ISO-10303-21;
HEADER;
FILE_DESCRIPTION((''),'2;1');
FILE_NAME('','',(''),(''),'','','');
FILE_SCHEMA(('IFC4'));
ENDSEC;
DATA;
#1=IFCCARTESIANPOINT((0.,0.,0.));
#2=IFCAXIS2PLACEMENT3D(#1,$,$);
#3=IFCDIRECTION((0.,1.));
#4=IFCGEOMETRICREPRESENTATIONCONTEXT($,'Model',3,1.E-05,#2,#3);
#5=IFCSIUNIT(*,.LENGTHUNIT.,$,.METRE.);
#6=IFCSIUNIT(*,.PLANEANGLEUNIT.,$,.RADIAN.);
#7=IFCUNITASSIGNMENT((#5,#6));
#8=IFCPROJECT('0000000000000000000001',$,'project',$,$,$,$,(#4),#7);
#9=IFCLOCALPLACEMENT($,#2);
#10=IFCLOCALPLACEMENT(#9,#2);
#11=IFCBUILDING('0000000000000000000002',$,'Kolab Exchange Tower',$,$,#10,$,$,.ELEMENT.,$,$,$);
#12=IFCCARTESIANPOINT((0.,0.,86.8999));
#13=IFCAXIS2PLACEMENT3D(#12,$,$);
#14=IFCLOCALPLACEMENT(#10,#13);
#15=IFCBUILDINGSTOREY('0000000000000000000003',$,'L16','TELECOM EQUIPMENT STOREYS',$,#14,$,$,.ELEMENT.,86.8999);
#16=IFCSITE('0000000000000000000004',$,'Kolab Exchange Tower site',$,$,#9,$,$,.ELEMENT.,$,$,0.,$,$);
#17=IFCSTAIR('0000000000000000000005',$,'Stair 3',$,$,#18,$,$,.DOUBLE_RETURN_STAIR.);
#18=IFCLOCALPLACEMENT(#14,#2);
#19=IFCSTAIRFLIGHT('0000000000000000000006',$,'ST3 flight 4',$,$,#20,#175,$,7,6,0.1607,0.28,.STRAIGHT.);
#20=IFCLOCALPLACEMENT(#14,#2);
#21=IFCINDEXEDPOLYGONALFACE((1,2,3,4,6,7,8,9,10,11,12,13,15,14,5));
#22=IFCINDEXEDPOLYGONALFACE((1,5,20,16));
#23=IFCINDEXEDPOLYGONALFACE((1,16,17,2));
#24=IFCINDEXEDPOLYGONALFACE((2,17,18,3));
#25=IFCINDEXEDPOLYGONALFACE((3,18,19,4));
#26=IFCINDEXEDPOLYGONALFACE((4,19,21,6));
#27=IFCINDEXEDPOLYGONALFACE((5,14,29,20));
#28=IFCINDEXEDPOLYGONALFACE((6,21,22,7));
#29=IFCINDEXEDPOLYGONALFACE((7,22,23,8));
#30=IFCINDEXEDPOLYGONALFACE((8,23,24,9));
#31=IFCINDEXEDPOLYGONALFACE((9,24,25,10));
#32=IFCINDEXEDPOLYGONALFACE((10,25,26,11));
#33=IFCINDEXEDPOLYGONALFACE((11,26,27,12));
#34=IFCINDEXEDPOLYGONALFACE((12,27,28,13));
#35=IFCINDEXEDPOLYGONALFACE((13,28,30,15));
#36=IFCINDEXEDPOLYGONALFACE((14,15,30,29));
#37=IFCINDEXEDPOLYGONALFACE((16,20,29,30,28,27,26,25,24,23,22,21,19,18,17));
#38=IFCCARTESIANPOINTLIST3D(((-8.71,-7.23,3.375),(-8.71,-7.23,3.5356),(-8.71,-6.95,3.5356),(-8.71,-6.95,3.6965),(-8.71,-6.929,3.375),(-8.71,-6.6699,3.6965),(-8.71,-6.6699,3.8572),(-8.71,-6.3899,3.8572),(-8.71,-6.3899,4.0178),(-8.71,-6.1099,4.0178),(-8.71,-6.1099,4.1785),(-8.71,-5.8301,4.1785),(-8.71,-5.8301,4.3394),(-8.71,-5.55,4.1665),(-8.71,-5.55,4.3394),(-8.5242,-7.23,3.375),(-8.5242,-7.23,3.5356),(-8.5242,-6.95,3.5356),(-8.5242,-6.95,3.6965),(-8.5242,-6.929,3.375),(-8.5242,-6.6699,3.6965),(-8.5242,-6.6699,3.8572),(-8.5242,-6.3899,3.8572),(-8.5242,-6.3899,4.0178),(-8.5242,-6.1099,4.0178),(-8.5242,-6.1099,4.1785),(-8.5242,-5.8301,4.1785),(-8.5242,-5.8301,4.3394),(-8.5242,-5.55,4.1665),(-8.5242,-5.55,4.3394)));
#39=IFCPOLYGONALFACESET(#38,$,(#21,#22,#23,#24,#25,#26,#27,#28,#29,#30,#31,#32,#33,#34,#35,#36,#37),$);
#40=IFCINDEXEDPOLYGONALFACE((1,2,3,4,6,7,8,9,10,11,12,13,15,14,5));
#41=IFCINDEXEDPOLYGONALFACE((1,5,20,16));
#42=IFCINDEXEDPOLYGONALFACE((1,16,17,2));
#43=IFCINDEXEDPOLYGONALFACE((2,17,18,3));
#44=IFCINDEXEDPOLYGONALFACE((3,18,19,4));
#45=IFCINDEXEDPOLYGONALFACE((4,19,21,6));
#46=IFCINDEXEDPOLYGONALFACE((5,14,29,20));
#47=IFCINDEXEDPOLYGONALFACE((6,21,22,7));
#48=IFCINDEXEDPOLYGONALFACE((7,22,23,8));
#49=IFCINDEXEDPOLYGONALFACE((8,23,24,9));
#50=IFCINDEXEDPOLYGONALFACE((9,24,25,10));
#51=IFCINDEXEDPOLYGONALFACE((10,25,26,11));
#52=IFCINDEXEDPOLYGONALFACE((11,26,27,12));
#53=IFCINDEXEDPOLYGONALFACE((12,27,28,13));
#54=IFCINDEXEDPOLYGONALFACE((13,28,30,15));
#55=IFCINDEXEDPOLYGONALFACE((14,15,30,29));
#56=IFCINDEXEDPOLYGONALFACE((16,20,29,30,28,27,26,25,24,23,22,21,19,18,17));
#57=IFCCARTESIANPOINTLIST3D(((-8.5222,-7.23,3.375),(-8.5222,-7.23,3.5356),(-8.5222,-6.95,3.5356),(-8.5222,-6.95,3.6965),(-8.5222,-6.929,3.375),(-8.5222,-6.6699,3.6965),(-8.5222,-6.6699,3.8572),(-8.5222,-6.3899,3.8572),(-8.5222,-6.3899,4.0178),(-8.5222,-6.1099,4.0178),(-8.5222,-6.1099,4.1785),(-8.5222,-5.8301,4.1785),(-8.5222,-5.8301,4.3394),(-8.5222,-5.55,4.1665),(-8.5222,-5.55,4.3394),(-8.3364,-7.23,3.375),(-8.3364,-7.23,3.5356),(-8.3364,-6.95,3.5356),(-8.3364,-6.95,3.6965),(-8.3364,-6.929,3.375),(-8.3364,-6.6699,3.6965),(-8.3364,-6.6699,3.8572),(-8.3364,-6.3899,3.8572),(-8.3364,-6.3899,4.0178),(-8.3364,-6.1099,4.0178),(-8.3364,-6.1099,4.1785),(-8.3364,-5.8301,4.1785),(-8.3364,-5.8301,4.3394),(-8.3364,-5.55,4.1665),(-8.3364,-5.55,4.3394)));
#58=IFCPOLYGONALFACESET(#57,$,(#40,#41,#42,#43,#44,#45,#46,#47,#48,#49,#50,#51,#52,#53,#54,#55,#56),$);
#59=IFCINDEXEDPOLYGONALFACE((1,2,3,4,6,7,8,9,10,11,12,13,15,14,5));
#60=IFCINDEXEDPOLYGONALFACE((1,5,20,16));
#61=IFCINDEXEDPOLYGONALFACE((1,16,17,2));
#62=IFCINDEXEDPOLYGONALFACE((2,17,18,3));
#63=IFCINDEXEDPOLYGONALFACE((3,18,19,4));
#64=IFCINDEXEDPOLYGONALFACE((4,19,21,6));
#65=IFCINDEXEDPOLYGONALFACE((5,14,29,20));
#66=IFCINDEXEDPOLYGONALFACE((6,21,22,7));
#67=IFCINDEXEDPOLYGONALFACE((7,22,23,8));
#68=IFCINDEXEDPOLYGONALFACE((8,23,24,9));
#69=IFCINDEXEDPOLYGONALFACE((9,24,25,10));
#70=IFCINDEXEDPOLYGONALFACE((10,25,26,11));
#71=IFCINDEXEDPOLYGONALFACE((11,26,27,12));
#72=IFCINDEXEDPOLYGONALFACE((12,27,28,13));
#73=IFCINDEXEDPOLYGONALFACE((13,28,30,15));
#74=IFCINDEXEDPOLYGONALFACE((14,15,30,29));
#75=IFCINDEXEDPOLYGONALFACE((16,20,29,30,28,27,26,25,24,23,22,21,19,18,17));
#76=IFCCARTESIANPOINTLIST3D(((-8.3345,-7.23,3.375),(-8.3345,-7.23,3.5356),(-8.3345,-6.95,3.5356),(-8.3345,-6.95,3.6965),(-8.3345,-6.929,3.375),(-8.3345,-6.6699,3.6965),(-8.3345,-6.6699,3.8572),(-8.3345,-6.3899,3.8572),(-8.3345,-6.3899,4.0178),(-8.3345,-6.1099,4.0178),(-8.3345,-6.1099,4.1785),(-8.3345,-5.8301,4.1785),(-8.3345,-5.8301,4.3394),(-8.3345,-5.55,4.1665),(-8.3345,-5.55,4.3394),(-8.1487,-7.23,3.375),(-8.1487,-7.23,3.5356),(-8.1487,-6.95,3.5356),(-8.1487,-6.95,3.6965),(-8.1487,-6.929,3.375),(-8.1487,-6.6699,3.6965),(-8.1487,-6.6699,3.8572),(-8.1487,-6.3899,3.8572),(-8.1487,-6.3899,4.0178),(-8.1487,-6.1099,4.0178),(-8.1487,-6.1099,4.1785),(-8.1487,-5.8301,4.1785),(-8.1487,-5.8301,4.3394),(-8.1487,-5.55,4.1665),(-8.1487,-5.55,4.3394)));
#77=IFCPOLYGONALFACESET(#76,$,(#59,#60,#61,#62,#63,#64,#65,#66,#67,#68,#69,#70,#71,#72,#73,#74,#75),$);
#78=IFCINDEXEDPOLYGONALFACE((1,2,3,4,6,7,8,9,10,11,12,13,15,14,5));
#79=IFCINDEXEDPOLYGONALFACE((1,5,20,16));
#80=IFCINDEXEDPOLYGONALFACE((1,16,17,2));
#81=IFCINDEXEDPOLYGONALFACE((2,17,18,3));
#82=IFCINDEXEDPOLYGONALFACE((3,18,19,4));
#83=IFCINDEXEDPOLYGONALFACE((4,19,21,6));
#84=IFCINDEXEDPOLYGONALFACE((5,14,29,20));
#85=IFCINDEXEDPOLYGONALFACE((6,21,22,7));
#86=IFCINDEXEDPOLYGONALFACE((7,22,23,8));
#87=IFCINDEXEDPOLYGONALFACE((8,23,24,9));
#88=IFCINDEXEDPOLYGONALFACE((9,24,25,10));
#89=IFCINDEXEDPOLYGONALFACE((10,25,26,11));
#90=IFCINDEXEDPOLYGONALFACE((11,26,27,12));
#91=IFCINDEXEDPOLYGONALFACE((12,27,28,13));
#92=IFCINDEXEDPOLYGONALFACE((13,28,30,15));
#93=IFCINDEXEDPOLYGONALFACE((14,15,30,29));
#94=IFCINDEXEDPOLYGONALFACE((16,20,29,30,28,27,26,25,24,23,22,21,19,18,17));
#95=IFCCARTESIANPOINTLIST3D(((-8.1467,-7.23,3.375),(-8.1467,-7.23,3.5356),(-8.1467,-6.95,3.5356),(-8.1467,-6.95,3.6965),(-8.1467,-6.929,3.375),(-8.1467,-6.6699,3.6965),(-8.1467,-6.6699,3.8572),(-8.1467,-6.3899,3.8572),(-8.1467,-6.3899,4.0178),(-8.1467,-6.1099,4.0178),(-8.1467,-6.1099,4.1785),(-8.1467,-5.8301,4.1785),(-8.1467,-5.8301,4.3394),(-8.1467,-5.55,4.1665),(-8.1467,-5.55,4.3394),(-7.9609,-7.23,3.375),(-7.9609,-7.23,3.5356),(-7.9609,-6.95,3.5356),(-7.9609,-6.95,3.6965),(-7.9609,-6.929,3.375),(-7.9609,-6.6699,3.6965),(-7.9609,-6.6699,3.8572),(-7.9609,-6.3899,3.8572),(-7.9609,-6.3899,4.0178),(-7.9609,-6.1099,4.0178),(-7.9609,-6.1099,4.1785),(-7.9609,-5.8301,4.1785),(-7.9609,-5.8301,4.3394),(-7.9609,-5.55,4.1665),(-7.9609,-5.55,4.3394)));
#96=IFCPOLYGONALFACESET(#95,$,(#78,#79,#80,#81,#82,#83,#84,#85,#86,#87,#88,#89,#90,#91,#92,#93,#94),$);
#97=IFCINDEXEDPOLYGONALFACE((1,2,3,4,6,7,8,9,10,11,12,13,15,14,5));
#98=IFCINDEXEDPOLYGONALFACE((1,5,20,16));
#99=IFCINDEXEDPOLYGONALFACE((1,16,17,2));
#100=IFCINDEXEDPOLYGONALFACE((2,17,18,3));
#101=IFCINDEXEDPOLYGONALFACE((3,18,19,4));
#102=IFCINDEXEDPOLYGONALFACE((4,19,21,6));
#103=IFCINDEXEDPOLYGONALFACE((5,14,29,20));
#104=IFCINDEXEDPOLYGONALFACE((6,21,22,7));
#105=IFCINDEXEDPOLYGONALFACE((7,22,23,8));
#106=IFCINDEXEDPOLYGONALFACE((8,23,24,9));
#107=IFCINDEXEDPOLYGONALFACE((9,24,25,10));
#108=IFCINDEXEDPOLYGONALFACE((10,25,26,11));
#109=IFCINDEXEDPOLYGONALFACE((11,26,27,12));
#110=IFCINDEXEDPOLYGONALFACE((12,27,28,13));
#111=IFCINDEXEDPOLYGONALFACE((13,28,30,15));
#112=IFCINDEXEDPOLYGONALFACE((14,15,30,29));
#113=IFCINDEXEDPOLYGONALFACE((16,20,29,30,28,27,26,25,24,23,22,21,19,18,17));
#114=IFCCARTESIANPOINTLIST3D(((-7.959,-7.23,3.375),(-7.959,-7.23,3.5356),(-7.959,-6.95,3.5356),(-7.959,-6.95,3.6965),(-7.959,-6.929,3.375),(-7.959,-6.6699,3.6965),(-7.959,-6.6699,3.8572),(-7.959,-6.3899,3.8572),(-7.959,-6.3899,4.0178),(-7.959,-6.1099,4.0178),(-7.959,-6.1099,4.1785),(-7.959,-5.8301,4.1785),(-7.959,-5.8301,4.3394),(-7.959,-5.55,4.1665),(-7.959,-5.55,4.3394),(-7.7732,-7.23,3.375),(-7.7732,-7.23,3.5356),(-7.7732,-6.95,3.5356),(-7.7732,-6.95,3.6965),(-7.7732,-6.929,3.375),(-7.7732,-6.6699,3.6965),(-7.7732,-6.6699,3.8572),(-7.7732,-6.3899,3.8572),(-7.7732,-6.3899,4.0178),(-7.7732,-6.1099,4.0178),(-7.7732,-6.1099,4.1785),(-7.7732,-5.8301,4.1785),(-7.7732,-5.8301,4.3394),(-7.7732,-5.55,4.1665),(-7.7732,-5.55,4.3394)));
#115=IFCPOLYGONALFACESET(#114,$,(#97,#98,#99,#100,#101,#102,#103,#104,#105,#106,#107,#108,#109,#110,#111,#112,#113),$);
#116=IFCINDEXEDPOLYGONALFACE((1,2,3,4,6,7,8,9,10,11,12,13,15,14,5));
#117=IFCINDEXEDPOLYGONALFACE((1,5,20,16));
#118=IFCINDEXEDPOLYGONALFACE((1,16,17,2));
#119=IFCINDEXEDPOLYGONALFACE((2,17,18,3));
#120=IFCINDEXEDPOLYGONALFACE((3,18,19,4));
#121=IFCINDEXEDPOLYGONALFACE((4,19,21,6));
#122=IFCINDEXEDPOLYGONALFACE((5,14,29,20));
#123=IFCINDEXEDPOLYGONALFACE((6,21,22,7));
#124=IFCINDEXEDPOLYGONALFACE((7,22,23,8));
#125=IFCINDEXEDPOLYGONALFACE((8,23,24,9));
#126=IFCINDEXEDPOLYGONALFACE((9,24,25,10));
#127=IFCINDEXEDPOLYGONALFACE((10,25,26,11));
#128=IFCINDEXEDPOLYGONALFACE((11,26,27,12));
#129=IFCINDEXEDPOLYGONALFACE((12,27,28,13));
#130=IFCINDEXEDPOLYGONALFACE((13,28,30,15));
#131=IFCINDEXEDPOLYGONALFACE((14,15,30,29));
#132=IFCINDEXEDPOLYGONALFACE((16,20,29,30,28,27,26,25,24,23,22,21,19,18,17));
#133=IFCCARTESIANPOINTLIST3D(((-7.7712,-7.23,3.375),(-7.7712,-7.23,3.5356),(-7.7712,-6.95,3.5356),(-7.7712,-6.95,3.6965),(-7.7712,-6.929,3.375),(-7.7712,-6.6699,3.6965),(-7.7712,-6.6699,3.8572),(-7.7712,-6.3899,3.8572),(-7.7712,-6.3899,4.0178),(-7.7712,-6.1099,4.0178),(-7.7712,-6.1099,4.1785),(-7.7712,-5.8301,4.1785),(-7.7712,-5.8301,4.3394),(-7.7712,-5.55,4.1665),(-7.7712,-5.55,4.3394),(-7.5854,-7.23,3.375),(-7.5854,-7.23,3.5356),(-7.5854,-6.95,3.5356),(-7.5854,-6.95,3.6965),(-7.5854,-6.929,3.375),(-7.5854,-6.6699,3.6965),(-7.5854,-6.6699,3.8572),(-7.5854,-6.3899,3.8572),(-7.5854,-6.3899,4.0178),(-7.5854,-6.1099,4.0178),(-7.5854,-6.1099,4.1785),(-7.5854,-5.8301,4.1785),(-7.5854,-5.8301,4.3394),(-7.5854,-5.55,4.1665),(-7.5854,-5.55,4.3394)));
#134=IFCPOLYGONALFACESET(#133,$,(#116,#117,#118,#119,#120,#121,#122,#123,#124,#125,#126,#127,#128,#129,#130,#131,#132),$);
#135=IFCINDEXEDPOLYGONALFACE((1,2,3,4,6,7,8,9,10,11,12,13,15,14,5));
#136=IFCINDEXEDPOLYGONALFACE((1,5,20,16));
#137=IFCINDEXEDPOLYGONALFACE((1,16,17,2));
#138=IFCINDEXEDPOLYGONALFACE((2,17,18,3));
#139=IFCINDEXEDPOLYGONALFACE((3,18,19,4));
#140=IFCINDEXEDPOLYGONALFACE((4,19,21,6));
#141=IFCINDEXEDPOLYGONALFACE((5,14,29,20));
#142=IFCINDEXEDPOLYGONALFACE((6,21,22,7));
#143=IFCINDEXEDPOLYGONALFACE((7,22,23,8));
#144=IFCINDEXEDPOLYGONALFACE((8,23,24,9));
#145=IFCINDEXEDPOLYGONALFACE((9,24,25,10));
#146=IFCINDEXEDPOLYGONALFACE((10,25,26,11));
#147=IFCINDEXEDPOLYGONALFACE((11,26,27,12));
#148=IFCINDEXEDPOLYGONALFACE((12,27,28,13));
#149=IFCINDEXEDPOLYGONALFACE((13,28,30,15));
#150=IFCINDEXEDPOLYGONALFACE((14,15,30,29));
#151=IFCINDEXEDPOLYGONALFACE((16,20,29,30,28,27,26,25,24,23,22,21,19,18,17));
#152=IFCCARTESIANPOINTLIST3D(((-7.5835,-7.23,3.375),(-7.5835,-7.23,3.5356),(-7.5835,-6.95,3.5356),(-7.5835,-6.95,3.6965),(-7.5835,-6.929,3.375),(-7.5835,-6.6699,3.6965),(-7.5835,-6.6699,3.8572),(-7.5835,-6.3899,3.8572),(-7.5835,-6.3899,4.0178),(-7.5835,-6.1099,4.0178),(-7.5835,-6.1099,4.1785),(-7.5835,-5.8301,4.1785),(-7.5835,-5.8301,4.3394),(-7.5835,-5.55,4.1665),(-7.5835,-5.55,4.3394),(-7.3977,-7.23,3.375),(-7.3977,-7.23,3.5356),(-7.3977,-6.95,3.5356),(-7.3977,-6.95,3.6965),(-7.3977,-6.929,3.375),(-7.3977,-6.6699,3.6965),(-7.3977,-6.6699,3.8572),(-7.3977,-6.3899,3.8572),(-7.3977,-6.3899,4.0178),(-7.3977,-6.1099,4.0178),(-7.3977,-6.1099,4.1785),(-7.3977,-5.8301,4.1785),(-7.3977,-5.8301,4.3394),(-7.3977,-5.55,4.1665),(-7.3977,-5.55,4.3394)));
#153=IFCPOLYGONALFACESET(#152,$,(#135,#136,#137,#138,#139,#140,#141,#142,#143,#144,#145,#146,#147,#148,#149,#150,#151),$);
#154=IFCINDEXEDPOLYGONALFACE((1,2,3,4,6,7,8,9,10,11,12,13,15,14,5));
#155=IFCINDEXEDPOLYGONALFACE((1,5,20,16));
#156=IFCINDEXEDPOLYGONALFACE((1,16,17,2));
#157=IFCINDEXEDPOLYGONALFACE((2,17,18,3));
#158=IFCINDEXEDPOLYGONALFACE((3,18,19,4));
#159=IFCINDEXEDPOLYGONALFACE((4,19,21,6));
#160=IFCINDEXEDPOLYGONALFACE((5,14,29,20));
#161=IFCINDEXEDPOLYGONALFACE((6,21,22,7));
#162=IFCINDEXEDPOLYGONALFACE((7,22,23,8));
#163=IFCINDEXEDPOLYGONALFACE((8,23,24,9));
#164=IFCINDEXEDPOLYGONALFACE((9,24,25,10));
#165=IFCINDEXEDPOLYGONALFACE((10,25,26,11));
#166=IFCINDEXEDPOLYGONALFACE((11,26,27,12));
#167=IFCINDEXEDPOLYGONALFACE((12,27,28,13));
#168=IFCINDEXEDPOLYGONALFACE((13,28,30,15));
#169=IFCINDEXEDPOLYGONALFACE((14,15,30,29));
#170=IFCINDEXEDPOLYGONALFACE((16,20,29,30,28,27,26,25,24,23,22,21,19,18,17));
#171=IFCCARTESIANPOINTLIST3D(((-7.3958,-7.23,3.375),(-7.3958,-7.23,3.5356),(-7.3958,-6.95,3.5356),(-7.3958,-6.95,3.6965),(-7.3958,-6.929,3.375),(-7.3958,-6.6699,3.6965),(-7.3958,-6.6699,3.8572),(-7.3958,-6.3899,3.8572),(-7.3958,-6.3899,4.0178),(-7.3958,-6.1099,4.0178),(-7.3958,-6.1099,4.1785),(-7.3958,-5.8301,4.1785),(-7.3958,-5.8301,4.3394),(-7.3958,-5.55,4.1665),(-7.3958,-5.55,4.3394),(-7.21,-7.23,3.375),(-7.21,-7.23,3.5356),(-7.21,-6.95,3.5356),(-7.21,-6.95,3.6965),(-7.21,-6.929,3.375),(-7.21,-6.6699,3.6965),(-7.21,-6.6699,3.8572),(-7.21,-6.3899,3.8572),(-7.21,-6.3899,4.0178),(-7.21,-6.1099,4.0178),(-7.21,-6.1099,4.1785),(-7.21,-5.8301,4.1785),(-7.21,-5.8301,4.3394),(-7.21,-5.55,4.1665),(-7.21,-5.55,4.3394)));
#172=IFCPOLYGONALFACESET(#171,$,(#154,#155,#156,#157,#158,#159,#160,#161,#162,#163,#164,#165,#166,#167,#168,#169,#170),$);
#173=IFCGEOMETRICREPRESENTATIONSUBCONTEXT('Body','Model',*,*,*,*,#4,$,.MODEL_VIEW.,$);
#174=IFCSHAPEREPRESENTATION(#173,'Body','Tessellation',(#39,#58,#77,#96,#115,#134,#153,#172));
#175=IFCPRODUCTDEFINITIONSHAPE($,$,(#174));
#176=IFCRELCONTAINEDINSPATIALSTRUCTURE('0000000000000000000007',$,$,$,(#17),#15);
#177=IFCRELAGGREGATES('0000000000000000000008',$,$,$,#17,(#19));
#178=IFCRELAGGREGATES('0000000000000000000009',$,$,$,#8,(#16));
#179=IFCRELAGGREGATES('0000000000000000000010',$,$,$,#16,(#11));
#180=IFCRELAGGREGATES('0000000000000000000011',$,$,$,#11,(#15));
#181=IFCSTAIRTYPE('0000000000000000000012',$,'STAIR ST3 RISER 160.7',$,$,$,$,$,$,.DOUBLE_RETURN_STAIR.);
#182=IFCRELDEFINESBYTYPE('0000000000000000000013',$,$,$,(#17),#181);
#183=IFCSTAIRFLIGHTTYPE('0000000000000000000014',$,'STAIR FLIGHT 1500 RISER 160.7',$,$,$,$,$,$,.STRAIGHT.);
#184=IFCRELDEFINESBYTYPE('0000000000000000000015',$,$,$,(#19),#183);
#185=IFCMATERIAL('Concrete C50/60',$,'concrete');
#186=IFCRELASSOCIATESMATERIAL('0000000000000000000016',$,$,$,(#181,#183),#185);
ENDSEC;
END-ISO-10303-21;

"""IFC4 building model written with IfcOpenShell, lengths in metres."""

from ifc_helpers import new_model, si_unit, direction, frame, origin, place, context, subcontext, project, spatial, polyline, outline, extrude, material, type_object, element, aggregate, save


model = new_model("IFC4")

# Units and contexts
model_context = context("Model", 3, precision=1e-05, world=origin(), true_north=direction((0.0, 1.0)))
body_context = subcontext(model_context, "Body", "Model", "MODEL_VIEW")
ifc_project = project(units=[si_unit("LENGTHUNIT", "METRE"), si_unit("PLANEANGLEUNIT", "RADIAN")], contexts=[model_context])

# Site, building, storey
site_placement = place(None, origin())
site = spatial("IfcSite", under=ifc_project, at=site_placement, Name="Kolab Exchange Tower site", CompositionType="ELEMENT", RefElevation=0.0)
building_placement = place(site_placement, origin())
building = spatial("IfcBuilding", under=site, at=building_placement, Name="Kolab Exchange Tower", CompositionType="ELEMENT")
storey_placement = place(building_placement, frame((0.0, 0.0, 86.8999)))
storey = spatial("IfcBuildingStorey", under=building, at=storey_placement, Name="L16", Description="TELECOM EQUIPMENT STOREYS", CompositionType="ELEMENT", Elevation=86.8999)

# Shared definitions
ifc_material_1 = material(Name="Concrete C50/60", Category="concrete")

# Stair, stair flight
stair_type = type_object("IfcStairType", Name="STAIR ST3 RISER 160.7", PredefinedType="DOUBLE_RETURN_STAIR", material=ifc_material_1)
stair_placement = place(storey_placement, origin())
stair = element("IfcStair", 1, at=stair_placement, inside=storey, type_object=stair_type, Name="Stair 3", PredefinedType="DOUBLE_RETURN_STAIR")
stair_flight_type = type_object("IfcStairFlightType", Name="STAIR FLIGHT 1500 RISER 160.7", PredefinedType="STRAIGHT", material=ifc_material_1)
stair_flight_1_placement = place(storey_placement, frame((-7.96, -7.23, 3.375), z_axis=(0.0, 0.0, 1.0), x_axis=(0.0, 1.0, 0.0)))
stair_flight_1 = element("IfcStairFlight", 2, at=stair_flight_1_placement, type_object=stair_flight_type, Name="ST3 flight 4", NumberOfRisers=7, NumberOfTreads=6, PredefinedType="STRAIGHT", RiserHeight=0.1607, TreadLength=0.28, context=body_context, shape_type="SweptSolid", body=[
    extrude(outline(polyline([(0.0, 0.0), (0.0, 0.1606), (0.28, 0.1606), (0.28, 0.3215), (0.5601, 0.3215), (0.5601, 0.4822), (0.8401, 0.4822), (0.8401, 0.6428), (1.1201, 0.6428), (1.1201, 0.8035), (1.3999, 0.8035), (1.3999, 0.9644), (1.6799, 0.9644), (1.6799, 1.125), (1.6799, 0.7915), (0.301, 0.0), (0.0, 0.0)])), frame((0.0, 0.75, 0.0), z_axis=(0.0, -1.0, 0.0), x_axis=(1.0, 0.0, 0.0)), (0.0, 0.0, 1.0), 0.1858),
    extrude(outline(polyline([(0.0, 0.0), (0.0, 0.1606), (0.28, 0.1606), (0.28, 0.3215), (0.5601, 0.3215), (0.5601, 0.4822), (0.8401, 0.4822), (0.8401, 0.6428), (1.1201, 0.6428), (1.1201, 0.8035), (1.3999, 0.8035), (1.3999, 0.9644), (1.6799, 0.9644), (1.6799, 1.125), (1.6799, 0.7915), (0.301, 0.0), (0.0, 0.0)])), frame((0.0, 0.5623, 0.0), z_axis=(0.0, -1.0, 0.0), x_axis=(1.0, 0.0, 0.0)), (0.0, 0.0, 1.0), 0.1858),
    extrude(outline(polyline([(0.0, 0.0), (0.0, 0.1606), (0.28, 0.1606), (0.28, 0.3215), (0.5601, 0.3215), (0.5601, 0.4822), (0.8401, 0.4822), (0.8401, 0.6428), (1.1201, 0.6428), (1.1201, 0.8035), (1.3999, 0.8035), (1.3999, 0.9644), (1.6799, 0.9644), (1.6799, 1.125), (1.6799, 0.7915), (0.301, 0.0), (0.0, 0.0)])), frame((0.0, 0.3745, 0.0), z_axis=(0.0, -1.0, 0.0), x_axis=(1.0, 0.0, 0.0)), (0.0, 0.0, 1.0), 0.1858),
    extrude(outline(polyline([(0.0, 0.0), (0.0, 0.1606), (0.28, 0.1606), (0.28, 0.3215), (0.5601, 0.3215), (0.5601, 0.4822), (0.8401, 0.4822), (0.8401, 0.6428), (1.1201, 0.6428), (1.1201, 0.8035), (1.3999, 0.8035), (1.3999, 0.9644), (1.6799, 0.9644), (1.6799, 1.125), (1.6799, 0.7915), (0.301, 0.0), (0.0, 0.0)])), frame((0.0, 0.1868, 0.0), z_axis=(0.0, -1.0, 0.0), x_axis=(1.0, 0.0, 0.0)), (0.0, 0.0, 1.0), 0.1858),
    extrude(outline(polyline([(0.0, 0.0), (0.0, 0.1606), (0.28, 0.1606), (0.28, 0.3215), (0.5601, 0.3215), (0.5601, 0.4822), (0.8401, 0.4822), (0.8401, 0.6428), (1.1201, 0.6428), (1.1201, 0.8035), (1.3999, 0.8035), (1.3999, 0.9644), (1.6799, 0.9644), (1.6799, 1.125), (1.6799, 0.7915), (0.301, 0.0), (0.0, 0.0)])), frame((0.0, -0.001, 0.0), z_axis=(0.0, -1.0, 0.0), x_axis=(1.0, 0.0, 0.0)), (0.0, 0.0, 1.0), 0.1858),
    extrude(outline(polyline([(0.0, 0.0), (0.0, 0.1606), (0.28, 0.1606), (0.28, 0.3215), (0.5601, 0.3215), (0.5601, 0.4822), (0.8401, 0.4822), (0.8401, 0.6428), (1.1201, 0.6428), (1.1201, 0.8035), (1.3999, 0.8035), (1.3999, 0.9644), (1.6799, 0.9644), (1.6799, 1.125), (1.6799, 0.7915), (0.301, 0.0), (0.0, 0.0)])), frame((0.0, -0.1887, 0.0), z_axis=(0.0, -1.0, 0.0), x_axis=(1.0, 0.0, 0.0)), (0.0, 0.0, 1.0), 0.1858),
    extrude(outline(polyline([(0.0, 0.0), (0.0, 0.1606), (0.28, 0.1606), (0.28, 0.3215), (0.5601, 0.3215), (0.5601, 0.4822), (0.8401, 0.4822), (0.8401, 0.6428), (1.1201, 0.6428), (1.1201, 0.8035), (1.3999, 0.8035), (1.3999, 0.9644), (1.6799, 0.9644), (1.6799, 1.125), (1.6799, 0.7915), (0.301, 0.0), (0.0, 0.0)])), frame((0.0, -0.3765, 0.0), z_axis=(0.0, -1.0, 0.0), x_axis=(1.0, 0.0, 0.0)), (0.0, 0.0, 1.0), 0.1858),
    extrude(outline(polyline([(0.0, 0.0), (0.0, 0.1606), (0.28, 0.1606), (0.28, 0.3215), (0.5601, 0.3215), (0.5601, 0.4822), (0.8401, 0.4822), (0.8401, 0.6428), (1.1201, 0.6428), (1.1201, 0.8035), (1.3999, 0.8035), (1.3999, 0.9644), (1.6799, 0.9644), (1.6799, 1.125), (1.6799, 0.7915), (0.301, 0.0), (0.0, 0.0)])), frame((0.0, -0.5642, 0.0), z_axis=(0.0, -1.0, 0.0), x_axis=(1.0, 0.0, 0.0)), (0.0, 0.0, 1.0), 0.1858),
])
aggregate(stair, [stair_flight_1])

save(model, "model.ifc")
